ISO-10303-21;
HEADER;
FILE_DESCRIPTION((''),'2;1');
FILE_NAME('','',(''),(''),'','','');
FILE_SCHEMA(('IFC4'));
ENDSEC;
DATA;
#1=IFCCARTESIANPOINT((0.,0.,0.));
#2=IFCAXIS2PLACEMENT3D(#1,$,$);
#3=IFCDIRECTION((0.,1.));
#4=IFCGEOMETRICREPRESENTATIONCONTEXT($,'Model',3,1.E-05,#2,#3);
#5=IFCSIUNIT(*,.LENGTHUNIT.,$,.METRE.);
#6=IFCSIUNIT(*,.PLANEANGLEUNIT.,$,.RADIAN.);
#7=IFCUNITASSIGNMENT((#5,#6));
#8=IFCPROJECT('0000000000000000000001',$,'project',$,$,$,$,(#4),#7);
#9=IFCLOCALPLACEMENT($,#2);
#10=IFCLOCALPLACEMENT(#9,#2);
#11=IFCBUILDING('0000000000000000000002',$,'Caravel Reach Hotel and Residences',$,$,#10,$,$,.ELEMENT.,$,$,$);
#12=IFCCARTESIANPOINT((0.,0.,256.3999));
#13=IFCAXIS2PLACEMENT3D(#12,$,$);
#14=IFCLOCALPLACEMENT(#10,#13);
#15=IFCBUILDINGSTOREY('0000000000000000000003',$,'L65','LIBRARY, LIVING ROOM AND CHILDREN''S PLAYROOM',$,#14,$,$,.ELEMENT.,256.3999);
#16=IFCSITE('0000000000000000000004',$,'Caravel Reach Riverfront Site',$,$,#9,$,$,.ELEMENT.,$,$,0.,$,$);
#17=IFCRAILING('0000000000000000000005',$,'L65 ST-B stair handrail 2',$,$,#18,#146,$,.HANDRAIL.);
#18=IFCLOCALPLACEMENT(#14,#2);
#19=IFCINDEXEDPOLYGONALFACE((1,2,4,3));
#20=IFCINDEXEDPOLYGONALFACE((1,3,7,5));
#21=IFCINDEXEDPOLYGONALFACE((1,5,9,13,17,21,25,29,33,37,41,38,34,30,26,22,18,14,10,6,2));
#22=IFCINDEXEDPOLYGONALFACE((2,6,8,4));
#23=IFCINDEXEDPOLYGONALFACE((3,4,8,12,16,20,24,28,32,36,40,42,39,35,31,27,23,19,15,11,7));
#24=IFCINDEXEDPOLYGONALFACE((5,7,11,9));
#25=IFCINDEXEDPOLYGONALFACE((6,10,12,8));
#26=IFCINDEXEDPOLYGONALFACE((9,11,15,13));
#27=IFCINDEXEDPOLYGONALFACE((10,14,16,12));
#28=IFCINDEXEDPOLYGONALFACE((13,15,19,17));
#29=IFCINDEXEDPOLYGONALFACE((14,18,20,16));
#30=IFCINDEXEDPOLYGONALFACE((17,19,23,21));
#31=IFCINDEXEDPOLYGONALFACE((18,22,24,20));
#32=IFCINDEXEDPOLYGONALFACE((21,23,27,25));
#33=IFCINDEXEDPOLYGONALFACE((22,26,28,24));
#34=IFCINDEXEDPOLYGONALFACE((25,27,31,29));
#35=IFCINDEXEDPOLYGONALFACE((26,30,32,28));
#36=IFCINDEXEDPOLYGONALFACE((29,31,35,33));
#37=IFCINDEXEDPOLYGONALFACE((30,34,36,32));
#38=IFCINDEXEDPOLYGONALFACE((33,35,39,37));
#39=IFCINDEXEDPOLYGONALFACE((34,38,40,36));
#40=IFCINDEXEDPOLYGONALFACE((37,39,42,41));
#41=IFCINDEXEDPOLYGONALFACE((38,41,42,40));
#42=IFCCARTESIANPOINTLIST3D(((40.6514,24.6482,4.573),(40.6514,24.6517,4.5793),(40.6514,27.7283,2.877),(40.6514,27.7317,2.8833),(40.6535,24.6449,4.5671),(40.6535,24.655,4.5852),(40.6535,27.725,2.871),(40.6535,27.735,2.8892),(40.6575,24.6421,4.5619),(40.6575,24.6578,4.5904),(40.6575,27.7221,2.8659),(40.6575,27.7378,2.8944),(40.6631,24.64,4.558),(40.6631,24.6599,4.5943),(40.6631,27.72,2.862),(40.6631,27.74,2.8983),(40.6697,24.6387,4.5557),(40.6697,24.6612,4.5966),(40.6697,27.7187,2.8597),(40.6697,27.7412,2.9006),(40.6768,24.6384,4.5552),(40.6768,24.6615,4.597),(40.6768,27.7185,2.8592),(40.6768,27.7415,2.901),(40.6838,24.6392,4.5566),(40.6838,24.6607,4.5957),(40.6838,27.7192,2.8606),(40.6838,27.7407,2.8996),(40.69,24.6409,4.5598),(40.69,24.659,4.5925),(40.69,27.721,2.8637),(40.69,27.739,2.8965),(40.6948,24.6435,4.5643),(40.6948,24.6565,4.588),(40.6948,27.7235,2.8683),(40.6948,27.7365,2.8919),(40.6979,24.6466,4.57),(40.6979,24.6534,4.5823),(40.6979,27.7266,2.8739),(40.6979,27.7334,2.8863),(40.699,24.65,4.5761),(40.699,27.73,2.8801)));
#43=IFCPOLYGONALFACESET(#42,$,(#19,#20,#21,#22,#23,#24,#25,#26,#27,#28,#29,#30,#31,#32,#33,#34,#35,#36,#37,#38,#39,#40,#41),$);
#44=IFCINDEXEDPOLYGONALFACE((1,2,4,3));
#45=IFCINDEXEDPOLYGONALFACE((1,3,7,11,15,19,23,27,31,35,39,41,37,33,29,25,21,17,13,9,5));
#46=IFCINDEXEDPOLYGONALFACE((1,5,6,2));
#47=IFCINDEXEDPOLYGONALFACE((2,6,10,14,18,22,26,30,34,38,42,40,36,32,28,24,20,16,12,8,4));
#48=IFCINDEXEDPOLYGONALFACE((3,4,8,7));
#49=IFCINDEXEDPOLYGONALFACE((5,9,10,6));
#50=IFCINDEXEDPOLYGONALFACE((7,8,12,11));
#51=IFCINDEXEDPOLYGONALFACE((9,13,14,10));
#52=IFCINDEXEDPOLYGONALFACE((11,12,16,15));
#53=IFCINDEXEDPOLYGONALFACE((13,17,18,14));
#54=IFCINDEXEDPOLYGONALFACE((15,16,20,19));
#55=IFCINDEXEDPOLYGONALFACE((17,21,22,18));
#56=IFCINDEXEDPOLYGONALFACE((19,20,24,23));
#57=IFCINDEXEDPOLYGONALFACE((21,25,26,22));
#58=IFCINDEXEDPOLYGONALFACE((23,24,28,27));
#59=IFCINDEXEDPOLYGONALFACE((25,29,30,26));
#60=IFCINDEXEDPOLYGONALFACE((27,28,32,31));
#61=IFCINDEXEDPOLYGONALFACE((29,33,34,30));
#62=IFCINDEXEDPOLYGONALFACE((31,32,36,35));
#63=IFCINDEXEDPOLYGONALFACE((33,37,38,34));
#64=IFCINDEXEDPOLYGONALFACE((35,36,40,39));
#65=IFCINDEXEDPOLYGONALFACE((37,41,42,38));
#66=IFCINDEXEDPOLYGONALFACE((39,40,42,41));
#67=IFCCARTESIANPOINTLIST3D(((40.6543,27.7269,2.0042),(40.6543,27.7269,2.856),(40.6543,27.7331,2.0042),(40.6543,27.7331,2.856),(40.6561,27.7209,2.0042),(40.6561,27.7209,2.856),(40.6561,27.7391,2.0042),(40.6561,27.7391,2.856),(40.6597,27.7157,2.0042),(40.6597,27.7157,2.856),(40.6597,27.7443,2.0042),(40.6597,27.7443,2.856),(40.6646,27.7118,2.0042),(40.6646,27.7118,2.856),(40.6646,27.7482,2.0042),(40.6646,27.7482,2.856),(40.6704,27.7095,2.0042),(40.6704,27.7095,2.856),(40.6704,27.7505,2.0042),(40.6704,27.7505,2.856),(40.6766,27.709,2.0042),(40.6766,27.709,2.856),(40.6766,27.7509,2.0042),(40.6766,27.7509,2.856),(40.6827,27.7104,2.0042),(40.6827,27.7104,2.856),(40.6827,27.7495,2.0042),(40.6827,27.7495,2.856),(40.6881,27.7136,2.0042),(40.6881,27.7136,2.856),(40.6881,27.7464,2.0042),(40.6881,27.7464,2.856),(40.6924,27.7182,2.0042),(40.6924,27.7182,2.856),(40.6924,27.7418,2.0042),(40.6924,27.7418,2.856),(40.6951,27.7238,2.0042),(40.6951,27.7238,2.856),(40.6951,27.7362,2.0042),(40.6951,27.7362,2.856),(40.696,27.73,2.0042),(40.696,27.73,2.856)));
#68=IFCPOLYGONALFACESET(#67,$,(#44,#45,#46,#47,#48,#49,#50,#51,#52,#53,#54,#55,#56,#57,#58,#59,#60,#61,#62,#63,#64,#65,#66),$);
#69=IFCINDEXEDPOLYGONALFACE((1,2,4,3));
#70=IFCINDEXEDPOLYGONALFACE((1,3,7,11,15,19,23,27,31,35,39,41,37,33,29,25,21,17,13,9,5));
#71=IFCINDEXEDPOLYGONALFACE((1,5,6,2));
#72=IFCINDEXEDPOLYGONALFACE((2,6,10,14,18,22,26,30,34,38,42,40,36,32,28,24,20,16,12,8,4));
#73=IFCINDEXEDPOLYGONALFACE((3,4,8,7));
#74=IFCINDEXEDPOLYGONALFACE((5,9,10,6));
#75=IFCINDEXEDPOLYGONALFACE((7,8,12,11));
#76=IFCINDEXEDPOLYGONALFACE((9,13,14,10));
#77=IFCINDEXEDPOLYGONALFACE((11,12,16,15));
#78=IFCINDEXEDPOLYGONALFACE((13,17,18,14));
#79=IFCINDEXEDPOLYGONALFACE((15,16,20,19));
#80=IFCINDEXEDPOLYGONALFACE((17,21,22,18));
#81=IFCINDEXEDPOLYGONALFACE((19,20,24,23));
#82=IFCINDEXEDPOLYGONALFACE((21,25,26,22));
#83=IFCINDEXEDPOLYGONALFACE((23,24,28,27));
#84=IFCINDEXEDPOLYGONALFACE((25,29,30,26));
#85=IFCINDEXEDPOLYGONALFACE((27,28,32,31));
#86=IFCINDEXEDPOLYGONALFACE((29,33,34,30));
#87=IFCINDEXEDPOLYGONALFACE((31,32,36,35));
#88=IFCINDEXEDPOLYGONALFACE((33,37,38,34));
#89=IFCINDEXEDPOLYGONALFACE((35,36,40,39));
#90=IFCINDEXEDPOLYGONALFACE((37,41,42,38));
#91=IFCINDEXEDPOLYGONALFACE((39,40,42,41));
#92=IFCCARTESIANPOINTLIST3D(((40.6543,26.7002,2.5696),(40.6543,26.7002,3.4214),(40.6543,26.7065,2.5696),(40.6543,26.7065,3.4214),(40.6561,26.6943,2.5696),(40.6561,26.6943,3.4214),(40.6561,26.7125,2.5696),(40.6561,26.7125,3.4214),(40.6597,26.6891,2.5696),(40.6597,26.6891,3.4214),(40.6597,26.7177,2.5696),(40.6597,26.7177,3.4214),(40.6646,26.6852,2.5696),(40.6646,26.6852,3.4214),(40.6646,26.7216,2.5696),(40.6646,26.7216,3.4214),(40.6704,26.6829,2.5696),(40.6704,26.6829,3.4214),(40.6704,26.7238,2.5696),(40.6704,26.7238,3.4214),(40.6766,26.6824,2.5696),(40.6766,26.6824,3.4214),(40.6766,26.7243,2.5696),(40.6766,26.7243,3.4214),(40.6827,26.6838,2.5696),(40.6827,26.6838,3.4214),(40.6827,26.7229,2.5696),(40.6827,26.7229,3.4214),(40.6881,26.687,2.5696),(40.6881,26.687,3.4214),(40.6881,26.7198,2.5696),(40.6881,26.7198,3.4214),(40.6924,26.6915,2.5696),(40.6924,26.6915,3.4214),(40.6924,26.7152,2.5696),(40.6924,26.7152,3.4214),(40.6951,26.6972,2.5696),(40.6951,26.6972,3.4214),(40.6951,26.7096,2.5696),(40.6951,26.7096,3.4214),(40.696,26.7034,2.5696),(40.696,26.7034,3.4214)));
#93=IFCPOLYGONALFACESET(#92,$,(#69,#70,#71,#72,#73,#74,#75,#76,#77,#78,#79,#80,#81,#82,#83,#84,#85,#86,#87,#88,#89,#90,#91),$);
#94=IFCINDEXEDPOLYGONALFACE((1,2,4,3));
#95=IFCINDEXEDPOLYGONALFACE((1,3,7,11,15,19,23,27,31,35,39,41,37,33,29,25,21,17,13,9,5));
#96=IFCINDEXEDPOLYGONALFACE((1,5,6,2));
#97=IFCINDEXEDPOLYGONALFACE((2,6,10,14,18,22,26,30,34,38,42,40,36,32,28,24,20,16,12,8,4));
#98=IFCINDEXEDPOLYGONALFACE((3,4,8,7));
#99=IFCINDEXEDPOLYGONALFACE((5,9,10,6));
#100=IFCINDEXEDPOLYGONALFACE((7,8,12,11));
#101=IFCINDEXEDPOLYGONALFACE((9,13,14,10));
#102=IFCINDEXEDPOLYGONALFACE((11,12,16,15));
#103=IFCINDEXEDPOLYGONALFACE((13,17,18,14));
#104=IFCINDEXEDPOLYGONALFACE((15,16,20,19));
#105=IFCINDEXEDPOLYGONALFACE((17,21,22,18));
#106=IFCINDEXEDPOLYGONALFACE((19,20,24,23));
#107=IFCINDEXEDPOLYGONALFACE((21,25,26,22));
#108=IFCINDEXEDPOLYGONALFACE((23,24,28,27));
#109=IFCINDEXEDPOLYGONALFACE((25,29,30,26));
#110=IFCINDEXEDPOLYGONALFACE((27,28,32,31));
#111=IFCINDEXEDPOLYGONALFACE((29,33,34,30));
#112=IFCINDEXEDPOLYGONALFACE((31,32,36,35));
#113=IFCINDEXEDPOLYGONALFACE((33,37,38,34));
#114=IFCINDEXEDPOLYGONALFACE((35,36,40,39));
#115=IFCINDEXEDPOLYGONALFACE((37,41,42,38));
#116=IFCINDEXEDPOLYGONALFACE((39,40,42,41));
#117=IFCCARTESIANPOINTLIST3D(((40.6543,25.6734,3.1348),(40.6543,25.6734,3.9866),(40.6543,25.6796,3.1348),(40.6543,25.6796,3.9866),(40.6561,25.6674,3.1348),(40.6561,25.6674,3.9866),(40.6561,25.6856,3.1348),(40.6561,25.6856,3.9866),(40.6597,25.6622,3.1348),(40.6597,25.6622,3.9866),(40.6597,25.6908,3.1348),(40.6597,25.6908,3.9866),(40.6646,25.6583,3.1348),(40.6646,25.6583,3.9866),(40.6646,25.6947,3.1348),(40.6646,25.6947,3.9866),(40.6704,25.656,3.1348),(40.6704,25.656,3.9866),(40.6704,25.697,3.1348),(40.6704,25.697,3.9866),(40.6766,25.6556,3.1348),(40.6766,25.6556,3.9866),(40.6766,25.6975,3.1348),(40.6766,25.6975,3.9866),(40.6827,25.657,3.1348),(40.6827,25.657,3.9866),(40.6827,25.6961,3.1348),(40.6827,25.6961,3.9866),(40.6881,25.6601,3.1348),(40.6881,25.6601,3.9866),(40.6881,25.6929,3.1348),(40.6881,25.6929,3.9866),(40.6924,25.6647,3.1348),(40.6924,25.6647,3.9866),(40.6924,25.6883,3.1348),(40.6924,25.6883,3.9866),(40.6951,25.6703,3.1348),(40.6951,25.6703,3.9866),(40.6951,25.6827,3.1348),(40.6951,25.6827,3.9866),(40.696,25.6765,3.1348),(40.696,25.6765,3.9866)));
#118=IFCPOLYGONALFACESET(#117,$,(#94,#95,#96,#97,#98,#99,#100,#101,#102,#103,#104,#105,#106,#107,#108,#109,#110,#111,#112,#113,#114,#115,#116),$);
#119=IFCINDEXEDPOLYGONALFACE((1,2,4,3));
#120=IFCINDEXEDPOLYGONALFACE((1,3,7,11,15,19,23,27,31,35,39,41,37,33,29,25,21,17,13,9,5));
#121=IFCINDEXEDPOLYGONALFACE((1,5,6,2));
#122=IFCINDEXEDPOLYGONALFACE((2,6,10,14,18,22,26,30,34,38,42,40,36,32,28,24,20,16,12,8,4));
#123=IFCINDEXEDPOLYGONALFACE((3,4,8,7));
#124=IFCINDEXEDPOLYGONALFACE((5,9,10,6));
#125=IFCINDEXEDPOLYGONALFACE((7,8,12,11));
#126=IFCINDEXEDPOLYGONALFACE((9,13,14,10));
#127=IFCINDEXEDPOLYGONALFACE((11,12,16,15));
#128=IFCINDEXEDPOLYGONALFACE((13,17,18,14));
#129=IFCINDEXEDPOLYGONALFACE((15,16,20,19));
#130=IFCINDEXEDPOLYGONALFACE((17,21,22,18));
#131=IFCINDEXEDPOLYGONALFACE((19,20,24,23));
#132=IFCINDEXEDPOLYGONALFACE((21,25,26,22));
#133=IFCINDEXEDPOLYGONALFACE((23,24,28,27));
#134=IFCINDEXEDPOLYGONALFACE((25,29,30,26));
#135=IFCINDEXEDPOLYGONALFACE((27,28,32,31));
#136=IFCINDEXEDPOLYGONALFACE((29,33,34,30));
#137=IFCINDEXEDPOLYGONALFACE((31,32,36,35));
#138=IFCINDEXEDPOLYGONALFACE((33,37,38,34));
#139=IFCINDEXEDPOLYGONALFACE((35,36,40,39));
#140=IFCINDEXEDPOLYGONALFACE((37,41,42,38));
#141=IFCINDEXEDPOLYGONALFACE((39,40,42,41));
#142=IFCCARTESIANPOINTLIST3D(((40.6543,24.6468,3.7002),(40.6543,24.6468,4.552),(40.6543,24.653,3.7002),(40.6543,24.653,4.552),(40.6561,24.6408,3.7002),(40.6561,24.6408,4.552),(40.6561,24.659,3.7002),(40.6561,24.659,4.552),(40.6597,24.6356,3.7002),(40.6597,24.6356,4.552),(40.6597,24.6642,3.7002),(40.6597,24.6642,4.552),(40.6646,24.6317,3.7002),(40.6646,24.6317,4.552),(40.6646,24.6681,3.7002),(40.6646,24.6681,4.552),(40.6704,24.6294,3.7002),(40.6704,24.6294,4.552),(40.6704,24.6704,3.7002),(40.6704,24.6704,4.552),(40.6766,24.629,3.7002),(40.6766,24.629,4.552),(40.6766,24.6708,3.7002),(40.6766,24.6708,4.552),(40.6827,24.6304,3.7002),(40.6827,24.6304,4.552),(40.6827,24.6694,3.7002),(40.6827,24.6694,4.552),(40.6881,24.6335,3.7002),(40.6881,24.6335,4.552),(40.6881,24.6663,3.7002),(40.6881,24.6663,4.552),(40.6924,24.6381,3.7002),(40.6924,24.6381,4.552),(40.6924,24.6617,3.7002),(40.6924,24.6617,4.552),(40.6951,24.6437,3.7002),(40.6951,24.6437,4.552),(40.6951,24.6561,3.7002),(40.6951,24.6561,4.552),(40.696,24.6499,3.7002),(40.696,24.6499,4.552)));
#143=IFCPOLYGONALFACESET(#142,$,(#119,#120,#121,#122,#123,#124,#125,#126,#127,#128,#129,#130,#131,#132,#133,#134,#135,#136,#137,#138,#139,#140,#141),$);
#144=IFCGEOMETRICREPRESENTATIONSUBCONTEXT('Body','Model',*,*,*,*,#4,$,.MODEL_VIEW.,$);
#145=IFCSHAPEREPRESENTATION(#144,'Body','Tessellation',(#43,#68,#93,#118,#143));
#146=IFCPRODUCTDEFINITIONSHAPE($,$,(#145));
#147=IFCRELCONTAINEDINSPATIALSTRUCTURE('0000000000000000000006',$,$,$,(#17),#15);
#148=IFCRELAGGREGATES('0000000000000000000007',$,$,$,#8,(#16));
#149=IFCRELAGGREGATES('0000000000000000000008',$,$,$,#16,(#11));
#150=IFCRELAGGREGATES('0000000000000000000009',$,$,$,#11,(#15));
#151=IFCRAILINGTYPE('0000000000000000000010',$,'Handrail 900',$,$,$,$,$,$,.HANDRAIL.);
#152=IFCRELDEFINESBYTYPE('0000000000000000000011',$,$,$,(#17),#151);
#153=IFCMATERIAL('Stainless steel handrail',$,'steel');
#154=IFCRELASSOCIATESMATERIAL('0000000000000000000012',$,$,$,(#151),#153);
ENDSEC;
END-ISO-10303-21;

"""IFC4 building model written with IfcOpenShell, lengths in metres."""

from ifc_helpers import new_model, si_unit, direction, frame, origin, origin_2d, place, context, subcontext, project, spatial, circle, extrude, material, type_object, element, save


model = new_model("IFC4")

# Units and contexts
model_context = context("Model", 3, precision=1e-05, world=origin(), true_north=direction((0.0, 1.0)))
body_context = subcontext(model_context, "Body", "Model", "MODEL_VIEW")
ifc_project = project(units=[si_unit("LENGTHUNIT", "METRE"), si_unit("PLANEANGLEUNIT", "RADIAN")], contexts=[model_context])

# Site, building, storey
site_placement = place(None, origin())
site = spatial("IfcSite", under=ifc_project, at=site_placement, Name="Caravel Reach Riverfront Site", CompositionType="ELEMENT", RefElevation=0.0)
building_placement = place(site_placement, origin())
building = spatial("IfcBuilding", under=site, at=building_placement, Name="Caravel Reach Hotel and Residences", CompositionType="ELEMENT")
storey_placement = place(building_placement, frame((0.0, 0.0, 256.3999)))
storey = spatial("IfcBuildingStorey", under=building, at=storey_placement, Name="L65", Description="LIBRARY, LIVING ROOM AND CHILDREN'S PLAYROOM", CompositionType="ELEMENT", Elevation=256.3999)

# Railing
ifc_material_1 = material(Name="Stainless steel handrail", Category="steel")
railing_type_1 = type_object("IfcRailingType", Name="Handrail 900", PredefinedType="HANDRAIL", material=ifc_material_1)
railing_1_placement = place(storey_placement, frame((40.675, 27.73, 2.0042)))
element("IfcRailing", 1, at=railing_1_placement, inside=storey, type_object=railing_type_1, Name="L65 ST-B stair handrail 2", PredefinedType="HANDRAIL", context=body_context, shape_type="SweptSolid", body=[
    extrude(circle(Radius=0.0239, at=origin_2d()), frame((0.0, 0.0, 0.876), z_axis=(0.0, -0.875975, 0.482356), x_axis=(1.0, 0.0, 0.0)), (0.0, 0.0, 1.0), 3.5161),
    extrude(circle(Radius=0.021, at=origin_2d()), origin(), (0.0, 0.0, 1.0), 0.8518),
    extrude(circle(Radius=0.021, at=origin_2d()), frame((0.0, -1.0266, 0.5654)), (0.0, 0.0, 1.0), 0.8518),
    extrude(circle(Radius=0.021, at=origin_2d()), frame((0.0, -2.0535, 1.1306)), (0.0, 0.0, 1.0), 0.8518),
    extrude(circle(Radius=0.021, at=origin_2d()), frame((0.0, -3.0801, 1.696)), (0.0, 0.0, 1.0), 0.8518),
])

save(model, "model.ifc")
